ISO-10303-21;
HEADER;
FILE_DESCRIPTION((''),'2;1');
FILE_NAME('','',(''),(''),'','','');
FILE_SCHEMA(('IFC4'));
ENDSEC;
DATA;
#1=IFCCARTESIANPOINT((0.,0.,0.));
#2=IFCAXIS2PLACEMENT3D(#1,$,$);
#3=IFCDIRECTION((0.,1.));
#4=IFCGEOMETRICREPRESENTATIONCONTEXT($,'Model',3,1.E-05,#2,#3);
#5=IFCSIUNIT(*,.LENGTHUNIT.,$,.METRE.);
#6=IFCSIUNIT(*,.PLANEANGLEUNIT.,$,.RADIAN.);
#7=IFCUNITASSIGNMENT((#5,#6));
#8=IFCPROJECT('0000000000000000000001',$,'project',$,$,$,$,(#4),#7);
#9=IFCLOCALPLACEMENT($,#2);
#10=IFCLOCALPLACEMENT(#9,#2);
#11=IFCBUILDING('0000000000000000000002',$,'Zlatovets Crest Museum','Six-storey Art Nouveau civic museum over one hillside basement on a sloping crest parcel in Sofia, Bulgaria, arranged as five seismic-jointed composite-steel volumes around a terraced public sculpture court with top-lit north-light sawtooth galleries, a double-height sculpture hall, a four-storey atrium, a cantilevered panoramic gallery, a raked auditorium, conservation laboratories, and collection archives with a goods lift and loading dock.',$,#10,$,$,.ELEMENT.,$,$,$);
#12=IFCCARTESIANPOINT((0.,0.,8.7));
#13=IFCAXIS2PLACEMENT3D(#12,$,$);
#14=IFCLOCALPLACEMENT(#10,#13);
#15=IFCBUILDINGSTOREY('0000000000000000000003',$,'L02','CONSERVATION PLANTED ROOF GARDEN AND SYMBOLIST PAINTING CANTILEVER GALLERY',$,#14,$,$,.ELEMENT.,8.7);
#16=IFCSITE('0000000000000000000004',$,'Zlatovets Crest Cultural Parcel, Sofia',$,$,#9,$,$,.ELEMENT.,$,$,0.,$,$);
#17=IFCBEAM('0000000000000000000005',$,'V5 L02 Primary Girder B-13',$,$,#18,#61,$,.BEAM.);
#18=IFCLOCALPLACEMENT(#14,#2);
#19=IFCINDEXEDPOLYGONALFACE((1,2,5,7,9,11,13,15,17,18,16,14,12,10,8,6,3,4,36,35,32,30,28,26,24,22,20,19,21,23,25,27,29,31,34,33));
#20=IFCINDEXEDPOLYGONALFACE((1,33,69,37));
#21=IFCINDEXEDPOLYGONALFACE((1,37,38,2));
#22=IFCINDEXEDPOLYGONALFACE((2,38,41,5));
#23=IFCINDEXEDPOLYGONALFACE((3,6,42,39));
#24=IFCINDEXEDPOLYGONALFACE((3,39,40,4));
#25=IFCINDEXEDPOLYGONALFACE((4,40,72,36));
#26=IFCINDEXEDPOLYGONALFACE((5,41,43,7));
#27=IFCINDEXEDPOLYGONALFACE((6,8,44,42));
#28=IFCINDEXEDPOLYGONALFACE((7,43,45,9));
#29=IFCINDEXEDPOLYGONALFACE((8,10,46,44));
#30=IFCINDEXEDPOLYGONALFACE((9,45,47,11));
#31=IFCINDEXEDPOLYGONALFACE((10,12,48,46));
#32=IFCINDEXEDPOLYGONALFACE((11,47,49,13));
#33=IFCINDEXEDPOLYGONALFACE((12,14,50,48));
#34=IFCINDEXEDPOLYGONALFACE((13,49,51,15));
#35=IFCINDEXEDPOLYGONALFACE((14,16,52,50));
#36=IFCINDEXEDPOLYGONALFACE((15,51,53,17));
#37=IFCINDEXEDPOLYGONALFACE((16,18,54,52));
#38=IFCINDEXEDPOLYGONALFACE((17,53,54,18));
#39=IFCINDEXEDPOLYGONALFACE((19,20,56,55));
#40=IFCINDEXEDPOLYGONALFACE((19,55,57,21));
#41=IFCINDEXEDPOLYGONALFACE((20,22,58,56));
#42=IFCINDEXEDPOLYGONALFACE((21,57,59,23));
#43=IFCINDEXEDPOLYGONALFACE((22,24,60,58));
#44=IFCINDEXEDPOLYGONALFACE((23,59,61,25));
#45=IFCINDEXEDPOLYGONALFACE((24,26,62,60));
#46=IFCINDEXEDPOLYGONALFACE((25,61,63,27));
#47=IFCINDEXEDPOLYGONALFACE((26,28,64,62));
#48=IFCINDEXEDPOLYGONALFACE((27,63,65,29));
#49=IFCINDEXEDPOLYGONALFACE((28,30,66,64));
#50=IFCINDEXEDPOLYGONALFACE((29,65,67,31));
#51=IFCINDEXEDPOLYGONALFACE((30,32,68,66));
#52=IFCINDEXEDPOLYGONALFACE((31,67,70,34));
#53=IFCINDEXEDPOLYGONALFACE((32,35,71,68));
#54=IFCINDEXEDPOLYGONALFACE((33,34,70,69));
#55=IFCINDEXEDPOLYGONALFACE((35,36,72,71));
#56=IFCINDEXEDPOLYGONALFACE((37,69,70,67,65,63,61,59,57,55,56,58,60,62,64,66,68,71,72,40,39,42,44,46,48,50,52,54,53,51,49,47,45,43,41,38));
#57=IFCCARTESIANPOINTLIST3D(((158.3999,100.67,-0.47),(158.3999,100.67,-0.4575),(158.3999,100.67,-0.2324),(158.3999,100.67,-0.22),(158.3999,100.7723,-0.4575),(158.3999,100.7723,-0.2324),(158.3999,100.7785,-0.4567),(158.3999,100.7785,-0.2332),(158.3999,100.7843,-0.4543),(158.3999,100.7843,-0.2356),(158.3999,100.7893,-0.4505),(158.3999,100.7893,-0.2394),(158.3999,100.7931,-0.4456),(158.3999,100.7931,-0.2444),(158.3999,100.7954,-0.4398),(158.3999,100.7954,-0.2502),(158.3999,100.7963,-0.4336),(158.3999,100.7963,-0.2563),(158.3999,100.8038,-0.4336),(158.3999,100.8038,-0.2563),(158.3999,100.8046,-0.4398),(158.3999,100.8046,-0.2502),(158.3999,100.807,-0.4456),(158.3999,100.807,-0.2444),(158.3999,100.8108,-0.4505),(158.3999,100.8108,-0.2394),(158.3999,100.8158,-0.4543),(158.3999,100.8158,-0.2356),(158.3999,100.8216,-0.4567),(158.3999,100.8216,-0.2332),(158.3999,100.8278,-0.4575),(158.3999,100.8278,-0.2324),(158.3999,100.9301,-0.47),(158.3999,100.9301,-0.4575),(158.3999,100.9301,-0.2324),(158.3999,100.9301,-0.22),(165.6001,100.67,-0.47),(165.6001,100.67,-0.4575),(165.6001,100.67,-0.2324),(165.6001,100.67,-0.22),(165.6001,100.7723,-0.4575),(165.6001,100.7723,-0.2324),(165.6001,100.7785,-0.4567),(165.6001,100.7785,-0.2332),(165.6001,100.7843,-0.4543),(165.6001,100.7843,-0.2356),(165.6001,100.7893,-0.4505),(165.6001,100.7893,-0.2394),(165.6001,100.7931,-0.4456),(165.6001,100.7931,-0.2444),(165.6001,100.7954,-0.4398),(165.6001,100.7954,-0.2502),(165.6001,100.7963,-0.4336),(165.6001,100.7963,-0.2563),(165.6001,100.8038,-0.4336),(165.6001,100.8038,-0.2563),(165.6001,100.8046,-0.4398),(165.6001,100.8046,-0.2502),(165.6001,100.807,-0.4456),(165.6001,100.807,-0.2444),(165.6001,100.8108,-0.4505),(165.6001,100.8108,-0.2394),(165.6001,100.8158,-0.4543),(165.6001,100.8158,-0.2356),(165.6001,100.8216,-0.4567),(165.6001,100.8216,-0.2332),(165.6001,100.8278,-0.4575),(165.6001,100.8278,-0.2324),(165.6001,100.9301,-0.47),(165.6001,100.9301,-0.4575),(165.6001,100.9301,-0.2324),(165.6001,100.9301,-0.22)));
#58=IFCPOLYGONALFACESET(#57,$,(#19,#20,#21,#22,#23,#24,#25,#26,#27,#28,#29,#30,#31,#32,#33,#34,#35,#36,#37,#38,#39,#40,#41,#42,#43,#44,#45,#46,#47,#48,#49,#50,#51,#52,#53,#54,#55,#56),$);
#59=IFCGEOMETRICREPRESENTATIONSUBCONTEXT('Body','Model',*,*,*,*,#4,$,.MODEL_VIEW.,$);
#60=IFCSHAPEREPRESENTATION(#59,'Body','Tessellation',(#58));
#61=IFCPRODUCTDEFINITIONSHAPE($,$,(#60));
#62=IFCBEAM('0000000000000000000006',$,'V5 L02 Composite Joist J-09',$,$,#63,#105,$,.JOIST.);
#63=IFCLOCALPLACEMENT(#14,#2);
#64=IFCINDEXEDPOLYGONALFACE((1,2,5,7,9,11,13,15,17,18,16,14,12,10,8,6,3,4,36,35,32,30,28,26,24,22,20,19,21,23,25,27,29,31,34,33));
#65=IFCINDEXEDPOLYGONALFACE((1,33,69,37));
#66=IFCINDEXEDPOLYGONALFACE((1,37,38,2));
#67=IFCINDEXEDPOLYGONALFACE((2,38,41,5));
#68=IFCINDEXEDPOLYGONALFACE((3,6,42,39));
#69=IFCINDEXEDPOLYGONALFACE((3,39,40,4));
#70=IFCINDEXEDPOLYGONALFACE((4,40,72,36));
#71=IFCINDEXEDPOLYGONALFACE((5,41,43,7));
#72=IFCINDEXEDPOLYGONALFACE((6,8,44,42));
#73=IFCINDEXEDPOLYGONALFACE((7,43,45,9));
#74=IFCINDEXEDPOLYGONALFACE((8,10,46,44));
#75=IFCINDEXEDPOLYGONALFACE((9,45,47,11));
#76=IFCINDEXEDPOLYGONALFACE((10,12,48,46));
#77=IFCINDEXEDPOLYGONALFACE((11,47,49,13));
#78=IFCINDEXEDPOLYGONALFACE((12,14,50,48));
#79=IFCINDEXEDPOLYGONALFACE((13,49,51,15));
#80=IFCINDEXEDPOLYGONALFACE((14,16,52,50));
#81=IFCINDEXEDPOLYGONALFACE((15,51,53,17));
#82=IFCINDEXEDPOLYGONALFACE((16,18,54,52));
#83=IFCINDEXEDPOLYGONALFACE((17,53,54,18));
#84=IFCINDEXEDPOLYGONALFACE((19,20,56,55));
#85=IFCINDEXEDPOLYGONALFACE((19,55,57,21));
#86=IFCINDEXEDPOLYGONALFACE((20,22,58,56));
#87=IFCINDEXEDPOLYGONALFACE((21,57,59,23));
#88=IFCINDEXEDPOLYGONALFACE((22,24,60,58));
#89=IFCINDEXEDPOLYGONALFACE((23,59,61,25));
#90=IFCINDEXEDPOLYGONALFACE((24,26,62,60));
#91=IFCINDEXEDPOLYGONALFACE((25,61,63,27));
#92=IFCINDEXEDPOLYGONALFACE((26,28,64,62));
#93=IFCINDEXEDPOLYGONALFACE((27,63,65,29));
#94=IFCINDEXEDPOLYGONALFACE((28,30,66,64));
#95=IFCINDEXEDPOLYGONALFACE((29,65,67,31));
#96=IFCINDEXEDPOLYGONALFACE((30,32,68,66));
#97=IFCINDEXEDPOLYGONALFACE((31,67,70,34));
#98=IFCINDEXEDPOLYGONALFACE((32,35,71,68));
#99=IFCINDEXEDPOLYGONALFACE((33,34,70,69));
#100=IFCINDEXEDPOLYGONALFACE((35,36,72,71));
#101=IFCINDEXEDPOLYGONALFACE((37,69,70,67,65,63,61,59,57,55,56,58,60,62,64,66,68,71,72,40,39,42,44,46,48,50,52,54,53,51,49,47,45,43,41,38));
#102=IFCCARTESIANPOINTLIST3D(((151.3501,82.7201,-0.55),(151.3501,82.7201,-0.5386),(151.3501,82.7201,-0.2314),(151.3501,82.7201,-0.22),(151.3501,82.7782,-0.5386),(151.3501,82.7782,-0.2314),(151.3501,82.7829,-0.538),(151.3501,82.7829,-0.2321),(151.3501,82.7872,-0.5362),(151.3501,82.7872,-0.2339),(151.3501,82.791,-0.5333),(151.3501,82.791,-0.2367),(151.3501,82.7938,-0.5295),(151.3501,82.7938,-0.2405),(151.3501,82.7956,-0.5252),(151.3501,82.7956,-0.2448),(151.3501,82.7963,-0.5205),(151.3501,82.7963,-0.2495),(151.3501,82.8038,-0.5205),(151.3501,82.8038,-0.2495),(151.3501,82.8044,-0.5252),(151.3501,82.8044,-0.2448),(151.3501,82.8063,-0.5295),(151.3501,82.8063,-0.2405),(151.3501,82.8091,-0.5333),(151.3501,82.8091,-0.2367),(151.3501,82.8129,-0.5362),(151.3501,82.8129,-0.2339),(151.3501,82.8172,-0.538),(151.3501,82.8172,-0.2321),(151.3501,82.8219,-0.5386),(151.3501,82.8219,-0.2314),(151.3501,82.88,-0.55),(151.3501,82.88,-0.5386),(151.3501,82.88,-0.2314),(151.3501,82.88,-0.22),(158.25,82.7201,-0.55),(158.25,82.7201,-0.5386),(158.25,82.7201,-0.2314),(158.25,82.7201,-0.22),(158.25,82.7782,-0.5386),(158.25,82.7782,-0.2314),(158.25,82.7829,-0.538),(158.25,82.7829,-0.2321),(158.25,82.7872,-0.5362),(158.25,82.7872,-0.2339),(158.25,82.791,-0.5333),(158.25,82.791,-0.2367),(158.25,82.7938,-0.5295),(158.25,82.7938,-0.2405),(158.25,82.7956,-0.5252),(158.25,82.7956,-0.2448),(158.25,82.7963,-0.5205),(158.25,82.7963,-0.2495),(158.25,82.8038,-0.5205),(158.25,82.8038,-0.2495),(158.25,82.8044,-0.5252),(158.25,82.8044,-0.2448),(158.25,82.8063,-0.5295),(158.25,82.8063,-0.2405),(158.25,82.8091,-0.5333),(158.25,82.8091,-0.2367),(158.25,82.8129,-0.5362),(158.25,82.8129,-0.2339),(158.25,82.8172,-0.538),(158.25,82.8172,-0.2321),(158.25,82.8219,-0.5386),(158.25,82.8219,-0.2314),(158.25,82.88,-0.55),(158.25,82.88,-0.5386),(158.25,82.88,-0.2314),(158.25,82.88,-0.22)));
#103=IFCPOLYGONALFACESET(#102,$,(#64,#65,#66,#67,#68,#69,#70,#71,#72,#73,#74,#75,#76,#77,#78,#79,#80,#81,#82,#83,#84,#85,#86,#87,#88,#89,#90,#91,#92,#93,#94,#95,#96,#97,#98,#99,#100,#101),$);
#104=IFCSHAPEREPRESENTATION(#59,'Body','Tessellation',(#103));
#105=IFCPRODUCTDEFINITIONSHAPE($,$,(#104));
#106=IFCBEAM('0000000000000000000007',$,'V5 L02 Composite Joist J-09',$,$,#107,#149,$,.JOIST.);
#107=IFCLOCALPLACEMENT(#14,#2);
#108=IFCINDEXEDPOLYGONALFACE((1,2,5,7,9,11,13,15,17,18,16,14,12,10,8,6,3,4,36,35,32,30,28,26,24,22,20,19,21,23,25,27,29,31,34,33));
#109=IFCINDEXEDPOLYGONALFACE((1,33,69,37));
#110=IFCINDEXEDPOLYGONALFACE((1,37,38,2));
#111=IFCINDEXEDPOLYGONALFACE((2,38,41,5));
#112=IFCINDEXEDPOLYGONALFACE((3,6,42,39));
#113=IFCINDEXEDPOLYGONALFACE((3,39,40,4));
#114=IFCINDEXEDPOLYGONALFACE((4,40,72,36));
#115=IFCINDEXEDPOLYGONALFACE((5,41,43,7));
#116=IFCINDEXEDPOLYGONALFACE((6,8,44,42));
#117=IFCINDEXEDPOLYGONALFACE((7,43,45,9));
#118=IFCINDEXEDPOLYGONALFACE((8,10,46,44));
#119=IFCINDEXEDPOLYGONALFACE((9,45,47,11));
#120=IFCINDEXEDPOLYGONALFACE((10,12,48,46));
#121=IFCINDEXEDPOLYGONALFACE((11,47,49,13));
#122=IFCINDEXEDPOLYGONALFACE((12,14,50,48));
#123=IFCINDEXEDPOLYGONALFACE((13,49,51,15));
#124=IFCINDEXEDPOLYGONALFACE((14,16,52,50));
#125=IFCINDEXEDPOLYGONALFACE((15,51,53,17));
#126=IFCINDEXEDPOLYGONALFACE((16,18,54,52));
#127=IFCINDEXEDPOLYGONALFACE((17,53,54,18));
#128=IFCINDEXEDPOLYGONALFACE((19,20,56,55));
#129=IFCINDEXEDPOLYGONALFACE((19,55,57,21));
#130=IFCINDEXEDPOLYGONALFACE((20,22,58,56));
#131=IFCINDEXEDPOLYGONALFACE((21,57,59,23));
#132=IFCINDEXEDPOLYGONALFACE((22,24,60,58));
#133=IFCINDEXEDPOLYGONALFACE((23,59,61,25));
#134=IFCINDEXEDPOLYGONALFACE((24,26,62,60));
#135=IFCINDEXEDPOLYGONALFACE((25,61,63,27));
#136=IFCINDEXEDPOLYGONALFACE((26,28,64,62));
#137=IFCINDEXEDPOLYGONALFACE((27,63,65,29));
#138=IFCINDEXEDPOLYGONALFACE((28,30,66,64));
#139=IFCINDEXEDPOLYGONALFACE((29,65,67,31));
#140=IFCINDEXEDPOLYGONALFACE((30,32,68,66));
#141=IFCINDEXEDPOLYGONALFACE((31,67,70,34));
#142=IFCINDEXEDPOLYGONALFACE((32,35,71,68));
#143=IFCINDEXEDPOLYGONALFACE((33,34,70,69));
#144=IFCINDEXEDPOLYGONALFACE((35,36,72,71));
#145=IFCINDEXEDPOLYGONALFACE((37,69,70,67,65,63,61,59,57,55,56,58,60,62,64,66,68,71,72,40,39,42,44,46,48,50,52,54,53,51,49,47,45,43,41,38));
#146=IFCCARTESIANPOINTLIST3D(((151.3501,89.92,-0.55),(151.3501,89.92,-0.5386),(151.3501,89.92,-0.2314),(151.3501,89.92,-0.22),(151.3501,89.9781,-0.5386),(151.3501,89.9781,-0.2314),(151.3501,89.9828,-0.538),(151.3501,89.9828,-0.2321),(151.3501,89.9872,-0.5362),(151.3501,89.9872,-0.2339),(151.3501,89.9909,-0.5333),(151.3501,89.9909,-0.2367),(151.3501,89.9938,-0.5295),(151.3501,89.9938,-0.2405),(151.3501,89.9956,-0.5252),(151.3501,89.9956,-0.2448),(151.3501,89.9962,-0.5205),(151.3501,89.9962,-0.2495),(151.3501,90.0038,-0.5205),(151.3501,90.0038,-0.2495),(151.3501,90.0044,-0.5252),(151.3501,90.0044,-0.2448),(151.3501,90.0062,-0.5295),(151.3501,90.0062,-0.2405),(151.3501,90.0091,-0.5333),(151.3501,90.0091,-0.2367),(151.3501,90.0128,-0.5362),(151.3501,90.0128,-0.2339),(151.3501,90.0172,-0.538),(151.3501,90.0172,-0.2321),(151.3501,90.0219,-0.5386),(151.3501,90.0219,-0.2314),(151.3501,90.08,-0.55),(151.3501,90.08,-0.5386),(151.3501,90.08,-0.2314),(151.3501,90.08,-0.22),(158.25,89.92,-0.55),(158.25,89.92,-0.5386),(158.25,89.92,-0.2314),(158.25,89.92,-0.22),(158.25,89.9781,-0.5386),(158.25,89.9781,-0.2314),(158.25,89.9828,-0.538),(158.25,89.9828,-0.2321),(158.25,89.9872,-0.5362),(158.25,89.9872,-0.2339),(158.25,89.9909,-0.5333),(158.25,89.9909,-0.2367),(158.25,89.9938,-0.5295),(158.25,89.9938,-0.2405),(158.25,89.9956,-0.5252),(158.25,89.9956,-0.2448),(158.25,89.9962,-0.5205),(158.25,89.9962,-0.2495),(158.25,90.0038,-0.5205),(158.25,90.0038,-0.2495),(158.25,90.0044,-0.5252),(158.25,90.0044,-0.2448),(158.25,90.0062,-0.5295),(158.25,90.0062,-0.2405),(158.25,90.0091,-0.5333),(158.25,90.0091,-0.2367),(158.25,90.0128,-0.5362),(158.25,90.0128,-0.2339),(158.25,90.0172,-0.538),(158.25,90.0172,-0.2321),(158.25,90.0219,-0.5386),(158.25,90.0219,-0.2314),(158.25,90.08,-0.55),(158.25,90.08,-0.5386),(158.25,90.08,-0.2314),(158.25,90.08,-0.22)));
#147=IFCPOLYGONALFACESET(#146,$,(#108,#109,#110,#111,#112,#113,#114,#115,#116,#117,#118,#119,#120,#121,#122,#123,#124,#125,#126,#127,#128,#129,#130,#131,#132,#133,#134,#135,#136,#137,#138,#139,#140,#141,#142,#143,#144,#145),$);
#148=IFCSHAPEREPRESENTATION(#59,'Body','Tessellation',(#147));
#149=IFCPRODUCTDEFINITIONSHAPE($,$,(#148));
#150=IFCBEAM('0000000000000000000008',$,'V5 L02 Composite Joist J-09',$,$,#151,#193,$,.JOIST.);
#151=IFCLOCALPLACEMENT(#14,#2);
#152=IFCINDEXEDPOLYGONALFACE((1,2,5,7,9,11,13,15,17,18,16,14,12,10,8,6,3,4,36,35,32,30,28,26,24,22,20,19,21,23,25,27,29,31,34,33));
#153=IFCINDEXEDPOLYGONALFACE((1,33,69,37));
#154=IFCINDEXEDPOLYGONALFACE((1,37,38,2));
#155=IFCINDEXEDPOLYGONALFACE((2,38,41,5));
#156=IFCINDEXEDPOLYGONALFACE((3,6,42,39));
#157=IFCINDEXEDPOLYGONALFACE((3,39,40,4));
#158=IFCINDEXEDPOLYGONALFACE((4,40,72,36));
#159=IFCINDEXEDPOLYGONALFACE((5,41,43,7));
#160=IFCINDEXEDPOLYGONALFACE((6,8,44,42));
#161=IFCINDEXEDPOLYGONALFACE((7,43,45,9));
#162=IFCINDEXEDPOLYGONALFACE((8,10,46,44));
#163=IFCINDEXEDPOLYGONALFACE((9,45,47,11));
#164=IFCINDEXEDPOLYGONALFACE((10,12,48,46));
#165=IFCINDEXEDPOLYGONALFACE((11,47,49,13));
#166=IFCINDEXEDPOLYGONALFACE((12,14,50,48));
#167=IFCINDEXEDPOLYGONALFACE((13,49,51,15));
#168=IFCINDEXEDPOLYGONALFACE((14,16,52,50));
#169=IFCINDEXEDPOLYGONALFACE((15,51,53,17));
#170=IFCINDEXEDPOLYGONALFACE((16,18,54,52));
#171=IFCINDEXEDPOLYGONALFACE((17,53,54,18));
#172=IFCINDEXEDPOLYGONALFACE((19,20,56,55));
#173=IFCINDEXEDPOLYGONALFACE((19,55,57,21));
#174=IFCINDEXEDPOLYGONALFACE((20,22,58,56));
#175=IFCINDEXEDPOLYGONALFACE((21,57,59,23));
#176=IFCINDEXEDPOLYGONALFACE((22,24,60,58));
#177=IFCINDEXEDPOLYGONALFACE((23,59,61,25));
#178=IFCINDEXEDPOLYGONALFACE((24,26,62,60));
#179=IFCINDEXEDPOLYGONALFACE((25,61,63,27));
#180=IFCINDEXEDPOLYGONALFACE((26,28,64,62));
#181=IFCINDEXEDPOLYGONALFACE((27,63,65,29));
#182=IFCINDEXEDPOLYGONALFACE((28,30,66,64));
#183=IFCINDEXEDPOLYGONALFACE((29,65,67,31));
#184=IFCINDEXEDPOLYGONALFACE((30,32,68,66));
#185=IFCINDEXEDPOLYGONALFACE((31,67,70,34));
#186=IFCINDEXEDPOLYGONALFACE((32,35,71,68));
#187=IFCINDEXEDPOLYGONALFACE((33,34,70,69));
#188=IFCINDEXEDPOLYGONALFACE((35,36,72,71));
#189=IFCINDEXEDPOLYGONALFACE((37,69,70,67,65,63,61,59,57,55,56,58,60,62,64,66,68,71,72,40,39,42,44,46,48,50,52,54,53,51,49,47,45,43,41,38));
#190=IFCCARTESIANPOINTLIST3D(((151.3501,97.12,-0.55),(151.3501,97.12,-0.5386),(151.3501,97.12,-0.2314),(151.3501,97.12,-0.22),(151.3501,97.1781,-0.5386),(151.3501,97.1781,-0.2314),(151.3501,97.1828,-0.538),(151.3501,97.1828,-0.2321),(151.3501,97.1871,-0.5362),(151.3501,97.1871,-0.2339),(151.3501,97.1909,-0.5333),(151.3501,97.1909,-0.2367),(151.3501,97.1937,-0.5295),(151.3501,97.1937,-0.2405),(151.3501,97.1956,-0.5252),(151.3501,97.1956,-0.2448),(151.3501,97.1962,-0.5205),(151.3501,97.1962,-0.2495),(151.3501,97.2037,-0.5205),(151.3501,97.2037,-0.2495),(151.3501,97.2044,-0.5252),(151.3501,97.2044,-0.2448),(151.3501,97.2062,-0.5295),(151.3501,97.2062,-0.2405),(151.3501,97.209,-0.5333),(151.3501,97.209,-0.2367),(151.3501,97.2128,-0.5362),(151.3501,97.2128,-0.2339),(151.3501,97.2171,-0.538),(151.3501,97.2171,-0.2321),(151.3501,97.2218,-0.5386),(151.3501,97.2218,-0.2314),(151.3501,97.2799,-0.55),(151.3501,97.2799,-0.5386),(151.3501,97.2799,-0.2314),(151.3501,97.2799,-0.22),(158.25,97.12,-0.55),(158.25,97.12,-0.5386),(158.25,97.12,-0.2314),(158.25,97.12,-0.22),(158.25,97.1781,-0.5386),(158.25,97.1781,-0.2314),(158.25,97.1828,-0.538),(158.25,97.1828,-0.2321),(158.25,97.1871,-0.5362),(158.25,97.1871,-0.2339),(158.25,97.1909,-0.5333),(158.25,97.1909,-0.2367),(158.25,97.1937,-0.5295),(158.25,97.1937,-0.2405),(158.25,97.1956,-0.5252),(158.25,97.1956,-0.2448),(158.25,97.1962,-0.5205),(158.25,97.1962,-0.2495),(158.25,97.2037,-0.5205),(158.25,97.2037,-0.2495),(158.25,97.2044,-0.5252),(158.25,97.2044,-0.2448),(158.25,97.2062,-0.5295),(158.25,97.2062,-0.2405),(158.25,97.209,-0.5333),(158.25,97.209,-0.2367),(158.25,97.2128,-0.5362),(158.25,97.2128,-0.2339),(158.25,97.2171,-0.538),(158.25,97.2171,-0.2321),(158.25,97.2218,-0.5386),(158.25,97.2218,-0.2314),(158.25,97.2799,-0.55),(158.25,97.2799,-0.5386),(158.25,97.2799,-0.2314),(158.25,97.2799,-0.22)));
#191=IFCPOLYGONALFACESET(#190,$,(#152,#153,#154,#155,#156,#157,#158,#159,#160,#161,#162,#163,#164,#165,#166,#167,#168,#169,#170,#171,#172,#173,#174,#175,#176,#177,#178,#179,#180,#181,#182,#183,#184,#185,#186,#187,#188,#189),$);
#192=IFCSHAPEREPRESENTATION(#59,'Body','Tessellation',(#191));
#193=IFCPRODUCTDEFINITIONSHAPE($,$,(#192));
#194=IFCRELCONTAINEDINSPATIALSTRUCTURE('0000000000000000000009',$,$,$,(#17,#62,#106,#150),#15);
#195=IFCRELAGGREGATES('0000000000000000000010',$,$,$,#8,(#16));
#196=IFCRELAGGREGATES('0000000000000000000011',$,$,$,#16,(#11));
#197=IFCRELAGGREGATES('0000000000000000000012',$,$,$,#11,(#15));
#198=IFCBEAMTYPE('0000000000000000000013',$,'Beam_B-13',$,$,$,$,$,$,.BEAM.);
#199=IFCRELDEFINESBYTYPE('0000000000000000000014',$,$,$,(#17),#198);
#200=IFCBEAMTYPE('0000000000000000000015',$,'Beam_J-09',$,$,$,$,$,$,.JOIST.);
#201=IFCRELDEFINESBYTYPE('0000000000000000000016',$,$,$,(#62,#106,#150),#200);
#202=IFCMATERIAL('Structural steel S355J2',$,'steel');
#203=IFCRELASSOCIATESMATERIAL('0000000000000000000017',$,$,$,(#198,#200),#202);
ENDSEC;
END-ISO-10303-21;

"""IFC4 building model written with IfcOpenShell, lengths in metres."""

from ifc_helpers import new_model, si_unit, direction, frame, origin, origin_2d, place, context, subcontext, project, spatial, i_section, extrude, material, material_profile, profile_set, type_object, element, save


model = new_model("IFC4")

# Units and contexts
model_context = context("Model", 3, precision=1e-05, world=origin(), true_north=direction((0.0, 1.0)))
body_context = subcontext(model_context, "Body", "Model", "MODEL_VIEW")
ifc_project = project(units=[si_unit("LENGTHUNIT", "METRE"), si_unit("PLANEANGLEUNIT", "RADIAN")], contexts=[model_context])

# Site, building, storey
site_placement = place(None, origin())
site = spatial("IfcSite", under=ifc_project, at=site_placement, Name="Zlatovets Crest Cultural Parcel, Sofia", CompositionType="ELEMENT", RefElevation=0.0)
building_placement = place(site_placement, origin())
building = spatial("IfcBuilding", under=site, at=building_placement, Name="Zlatovets Crest Museum", Description="Six-storey Art Nouveau civic museum over one hillside basement on a sloping crest parcel in Sofia, Bulgaria, arranged as five seismic-jointed composite-steel volumes around a terraced public sculpture court with top-lit north-light sawtooth galleries, a double-height sculpture hall, a four-storey atrium, a cantilevered panoramic gallery, a raked auditorium, conservation laboratories, and collection archives with a goods lift and loading dock.", CompositionType="ELEMENT")
storey_placement = place(building_placement, frame((0.0, 0.0, 8.7)))
storey = spatial("IfcBuildingStorey", under=building, at=storey_placement, Name="L02", Description="CONSERVATION PLANTED ROOF GARDEN AND SYMBOLIST PAINTING CANTILEVER GALLERY", CompositionType="ELEMENT", Elevation=8.7)

# Shared definitions
ifc_material = material(Name="Structural steel S355J2", Category="steel")

# Beams
ifc_material_profile_1 = material_profile(ifc_material, i_section(OverallWidth=0.26, OverallDepth=0.25, WebThickness=0.0076, FlangeThickness=0.0125, FilletRadius=0.0239, at=origin_2d()), Name="HEA 260")
ifc_profile_set_1 = profile_set([ifc_material_profile_1], Name="Structural steel S355J2")
beam_type_1 = type_object("IfcBeamType", Name="Beam_B-13", PredefinedType="BEAM", material=ifc_profile_set_1)
beam_1_placement = place(storey_placement, frame((158.3999, 100.8, -0.345), z_axis=(1.0, 0.0, 0.0), x_axis=(0.0, 1.0, 0.0)))
element("IfcBeam", 1, at=beam_1_placement, inside=storey, type_object=beam_type_1, Name="V5 L02 Primary Girder B-13", PredefinedType="BEAM", context=body_context, shape_type="SweptSolid", body=[
    extrude(i_section(OverallWidth=0.26, OverallDepth=0.25, WebThickness=0.0076, FlangeThickness=0.0125, FilletRadius=0.0239, at=origin_2d()), origin(), (0.0, 0.0, 1.0), 7.2002),
])
ifc_material_profile_2 = material_profile(ifc_material, i_section(OverallWidth=0.1599, OverallDepth=0.3301, WebThickness=0.0076, FlangeThickness=0.0115, FilletRadius=0.0181, at=origin_2d()), Name="IPE 330")
ifc_profile_set_2 = profile_set([ifc_material_profile_2], Name="Structural steel S355J2")
beam_type_2 = type_object("IfcBeamType", Name="Beam_J-09", PredefinedType="JOIST", material=ifc_profile_set_2)
for number, where, z_axis, x_axis, name in (
    (2, (151.3501, 82.8, -0.385), (1.0, 0.0, 0.0), (0.0, 1.0, 0.0), "V5 L02 Composite Joist J-09"),
    (3, (151.3501, 90.0, -0.385), (1.0, 0.0, 0.0), (0.0, 1.0, 0.0), "V5 L02 Composite Joist J-09"),
    (4, (151.3501, 97.2, -0.385), (1.0, 0.0, 0.0), (0.0, 1.0, 0.0), "V5 L02 Composite Joist J-09"),
):
    element("IfcBeam", number, at=place(storey_placement, frame(where, z_axis=z_axis, x_axis=x_axis)), inside=storey, type_object=beam_type_2, Name=name, PredefinedType="JOIST", context=body_context, shape_type="SweptSolid", body=[
        extrude(i_section(OverallWidth=0.1599, OverallDepth=0.3301, WebThickness=0.0076, FlangeThickness=0.0115, FilletRadius=0.0181, at=origin_2d()), origin(), (0.0, 0.0, 1.0), 6.8999),
    ])

save(model, "model.ifc")
